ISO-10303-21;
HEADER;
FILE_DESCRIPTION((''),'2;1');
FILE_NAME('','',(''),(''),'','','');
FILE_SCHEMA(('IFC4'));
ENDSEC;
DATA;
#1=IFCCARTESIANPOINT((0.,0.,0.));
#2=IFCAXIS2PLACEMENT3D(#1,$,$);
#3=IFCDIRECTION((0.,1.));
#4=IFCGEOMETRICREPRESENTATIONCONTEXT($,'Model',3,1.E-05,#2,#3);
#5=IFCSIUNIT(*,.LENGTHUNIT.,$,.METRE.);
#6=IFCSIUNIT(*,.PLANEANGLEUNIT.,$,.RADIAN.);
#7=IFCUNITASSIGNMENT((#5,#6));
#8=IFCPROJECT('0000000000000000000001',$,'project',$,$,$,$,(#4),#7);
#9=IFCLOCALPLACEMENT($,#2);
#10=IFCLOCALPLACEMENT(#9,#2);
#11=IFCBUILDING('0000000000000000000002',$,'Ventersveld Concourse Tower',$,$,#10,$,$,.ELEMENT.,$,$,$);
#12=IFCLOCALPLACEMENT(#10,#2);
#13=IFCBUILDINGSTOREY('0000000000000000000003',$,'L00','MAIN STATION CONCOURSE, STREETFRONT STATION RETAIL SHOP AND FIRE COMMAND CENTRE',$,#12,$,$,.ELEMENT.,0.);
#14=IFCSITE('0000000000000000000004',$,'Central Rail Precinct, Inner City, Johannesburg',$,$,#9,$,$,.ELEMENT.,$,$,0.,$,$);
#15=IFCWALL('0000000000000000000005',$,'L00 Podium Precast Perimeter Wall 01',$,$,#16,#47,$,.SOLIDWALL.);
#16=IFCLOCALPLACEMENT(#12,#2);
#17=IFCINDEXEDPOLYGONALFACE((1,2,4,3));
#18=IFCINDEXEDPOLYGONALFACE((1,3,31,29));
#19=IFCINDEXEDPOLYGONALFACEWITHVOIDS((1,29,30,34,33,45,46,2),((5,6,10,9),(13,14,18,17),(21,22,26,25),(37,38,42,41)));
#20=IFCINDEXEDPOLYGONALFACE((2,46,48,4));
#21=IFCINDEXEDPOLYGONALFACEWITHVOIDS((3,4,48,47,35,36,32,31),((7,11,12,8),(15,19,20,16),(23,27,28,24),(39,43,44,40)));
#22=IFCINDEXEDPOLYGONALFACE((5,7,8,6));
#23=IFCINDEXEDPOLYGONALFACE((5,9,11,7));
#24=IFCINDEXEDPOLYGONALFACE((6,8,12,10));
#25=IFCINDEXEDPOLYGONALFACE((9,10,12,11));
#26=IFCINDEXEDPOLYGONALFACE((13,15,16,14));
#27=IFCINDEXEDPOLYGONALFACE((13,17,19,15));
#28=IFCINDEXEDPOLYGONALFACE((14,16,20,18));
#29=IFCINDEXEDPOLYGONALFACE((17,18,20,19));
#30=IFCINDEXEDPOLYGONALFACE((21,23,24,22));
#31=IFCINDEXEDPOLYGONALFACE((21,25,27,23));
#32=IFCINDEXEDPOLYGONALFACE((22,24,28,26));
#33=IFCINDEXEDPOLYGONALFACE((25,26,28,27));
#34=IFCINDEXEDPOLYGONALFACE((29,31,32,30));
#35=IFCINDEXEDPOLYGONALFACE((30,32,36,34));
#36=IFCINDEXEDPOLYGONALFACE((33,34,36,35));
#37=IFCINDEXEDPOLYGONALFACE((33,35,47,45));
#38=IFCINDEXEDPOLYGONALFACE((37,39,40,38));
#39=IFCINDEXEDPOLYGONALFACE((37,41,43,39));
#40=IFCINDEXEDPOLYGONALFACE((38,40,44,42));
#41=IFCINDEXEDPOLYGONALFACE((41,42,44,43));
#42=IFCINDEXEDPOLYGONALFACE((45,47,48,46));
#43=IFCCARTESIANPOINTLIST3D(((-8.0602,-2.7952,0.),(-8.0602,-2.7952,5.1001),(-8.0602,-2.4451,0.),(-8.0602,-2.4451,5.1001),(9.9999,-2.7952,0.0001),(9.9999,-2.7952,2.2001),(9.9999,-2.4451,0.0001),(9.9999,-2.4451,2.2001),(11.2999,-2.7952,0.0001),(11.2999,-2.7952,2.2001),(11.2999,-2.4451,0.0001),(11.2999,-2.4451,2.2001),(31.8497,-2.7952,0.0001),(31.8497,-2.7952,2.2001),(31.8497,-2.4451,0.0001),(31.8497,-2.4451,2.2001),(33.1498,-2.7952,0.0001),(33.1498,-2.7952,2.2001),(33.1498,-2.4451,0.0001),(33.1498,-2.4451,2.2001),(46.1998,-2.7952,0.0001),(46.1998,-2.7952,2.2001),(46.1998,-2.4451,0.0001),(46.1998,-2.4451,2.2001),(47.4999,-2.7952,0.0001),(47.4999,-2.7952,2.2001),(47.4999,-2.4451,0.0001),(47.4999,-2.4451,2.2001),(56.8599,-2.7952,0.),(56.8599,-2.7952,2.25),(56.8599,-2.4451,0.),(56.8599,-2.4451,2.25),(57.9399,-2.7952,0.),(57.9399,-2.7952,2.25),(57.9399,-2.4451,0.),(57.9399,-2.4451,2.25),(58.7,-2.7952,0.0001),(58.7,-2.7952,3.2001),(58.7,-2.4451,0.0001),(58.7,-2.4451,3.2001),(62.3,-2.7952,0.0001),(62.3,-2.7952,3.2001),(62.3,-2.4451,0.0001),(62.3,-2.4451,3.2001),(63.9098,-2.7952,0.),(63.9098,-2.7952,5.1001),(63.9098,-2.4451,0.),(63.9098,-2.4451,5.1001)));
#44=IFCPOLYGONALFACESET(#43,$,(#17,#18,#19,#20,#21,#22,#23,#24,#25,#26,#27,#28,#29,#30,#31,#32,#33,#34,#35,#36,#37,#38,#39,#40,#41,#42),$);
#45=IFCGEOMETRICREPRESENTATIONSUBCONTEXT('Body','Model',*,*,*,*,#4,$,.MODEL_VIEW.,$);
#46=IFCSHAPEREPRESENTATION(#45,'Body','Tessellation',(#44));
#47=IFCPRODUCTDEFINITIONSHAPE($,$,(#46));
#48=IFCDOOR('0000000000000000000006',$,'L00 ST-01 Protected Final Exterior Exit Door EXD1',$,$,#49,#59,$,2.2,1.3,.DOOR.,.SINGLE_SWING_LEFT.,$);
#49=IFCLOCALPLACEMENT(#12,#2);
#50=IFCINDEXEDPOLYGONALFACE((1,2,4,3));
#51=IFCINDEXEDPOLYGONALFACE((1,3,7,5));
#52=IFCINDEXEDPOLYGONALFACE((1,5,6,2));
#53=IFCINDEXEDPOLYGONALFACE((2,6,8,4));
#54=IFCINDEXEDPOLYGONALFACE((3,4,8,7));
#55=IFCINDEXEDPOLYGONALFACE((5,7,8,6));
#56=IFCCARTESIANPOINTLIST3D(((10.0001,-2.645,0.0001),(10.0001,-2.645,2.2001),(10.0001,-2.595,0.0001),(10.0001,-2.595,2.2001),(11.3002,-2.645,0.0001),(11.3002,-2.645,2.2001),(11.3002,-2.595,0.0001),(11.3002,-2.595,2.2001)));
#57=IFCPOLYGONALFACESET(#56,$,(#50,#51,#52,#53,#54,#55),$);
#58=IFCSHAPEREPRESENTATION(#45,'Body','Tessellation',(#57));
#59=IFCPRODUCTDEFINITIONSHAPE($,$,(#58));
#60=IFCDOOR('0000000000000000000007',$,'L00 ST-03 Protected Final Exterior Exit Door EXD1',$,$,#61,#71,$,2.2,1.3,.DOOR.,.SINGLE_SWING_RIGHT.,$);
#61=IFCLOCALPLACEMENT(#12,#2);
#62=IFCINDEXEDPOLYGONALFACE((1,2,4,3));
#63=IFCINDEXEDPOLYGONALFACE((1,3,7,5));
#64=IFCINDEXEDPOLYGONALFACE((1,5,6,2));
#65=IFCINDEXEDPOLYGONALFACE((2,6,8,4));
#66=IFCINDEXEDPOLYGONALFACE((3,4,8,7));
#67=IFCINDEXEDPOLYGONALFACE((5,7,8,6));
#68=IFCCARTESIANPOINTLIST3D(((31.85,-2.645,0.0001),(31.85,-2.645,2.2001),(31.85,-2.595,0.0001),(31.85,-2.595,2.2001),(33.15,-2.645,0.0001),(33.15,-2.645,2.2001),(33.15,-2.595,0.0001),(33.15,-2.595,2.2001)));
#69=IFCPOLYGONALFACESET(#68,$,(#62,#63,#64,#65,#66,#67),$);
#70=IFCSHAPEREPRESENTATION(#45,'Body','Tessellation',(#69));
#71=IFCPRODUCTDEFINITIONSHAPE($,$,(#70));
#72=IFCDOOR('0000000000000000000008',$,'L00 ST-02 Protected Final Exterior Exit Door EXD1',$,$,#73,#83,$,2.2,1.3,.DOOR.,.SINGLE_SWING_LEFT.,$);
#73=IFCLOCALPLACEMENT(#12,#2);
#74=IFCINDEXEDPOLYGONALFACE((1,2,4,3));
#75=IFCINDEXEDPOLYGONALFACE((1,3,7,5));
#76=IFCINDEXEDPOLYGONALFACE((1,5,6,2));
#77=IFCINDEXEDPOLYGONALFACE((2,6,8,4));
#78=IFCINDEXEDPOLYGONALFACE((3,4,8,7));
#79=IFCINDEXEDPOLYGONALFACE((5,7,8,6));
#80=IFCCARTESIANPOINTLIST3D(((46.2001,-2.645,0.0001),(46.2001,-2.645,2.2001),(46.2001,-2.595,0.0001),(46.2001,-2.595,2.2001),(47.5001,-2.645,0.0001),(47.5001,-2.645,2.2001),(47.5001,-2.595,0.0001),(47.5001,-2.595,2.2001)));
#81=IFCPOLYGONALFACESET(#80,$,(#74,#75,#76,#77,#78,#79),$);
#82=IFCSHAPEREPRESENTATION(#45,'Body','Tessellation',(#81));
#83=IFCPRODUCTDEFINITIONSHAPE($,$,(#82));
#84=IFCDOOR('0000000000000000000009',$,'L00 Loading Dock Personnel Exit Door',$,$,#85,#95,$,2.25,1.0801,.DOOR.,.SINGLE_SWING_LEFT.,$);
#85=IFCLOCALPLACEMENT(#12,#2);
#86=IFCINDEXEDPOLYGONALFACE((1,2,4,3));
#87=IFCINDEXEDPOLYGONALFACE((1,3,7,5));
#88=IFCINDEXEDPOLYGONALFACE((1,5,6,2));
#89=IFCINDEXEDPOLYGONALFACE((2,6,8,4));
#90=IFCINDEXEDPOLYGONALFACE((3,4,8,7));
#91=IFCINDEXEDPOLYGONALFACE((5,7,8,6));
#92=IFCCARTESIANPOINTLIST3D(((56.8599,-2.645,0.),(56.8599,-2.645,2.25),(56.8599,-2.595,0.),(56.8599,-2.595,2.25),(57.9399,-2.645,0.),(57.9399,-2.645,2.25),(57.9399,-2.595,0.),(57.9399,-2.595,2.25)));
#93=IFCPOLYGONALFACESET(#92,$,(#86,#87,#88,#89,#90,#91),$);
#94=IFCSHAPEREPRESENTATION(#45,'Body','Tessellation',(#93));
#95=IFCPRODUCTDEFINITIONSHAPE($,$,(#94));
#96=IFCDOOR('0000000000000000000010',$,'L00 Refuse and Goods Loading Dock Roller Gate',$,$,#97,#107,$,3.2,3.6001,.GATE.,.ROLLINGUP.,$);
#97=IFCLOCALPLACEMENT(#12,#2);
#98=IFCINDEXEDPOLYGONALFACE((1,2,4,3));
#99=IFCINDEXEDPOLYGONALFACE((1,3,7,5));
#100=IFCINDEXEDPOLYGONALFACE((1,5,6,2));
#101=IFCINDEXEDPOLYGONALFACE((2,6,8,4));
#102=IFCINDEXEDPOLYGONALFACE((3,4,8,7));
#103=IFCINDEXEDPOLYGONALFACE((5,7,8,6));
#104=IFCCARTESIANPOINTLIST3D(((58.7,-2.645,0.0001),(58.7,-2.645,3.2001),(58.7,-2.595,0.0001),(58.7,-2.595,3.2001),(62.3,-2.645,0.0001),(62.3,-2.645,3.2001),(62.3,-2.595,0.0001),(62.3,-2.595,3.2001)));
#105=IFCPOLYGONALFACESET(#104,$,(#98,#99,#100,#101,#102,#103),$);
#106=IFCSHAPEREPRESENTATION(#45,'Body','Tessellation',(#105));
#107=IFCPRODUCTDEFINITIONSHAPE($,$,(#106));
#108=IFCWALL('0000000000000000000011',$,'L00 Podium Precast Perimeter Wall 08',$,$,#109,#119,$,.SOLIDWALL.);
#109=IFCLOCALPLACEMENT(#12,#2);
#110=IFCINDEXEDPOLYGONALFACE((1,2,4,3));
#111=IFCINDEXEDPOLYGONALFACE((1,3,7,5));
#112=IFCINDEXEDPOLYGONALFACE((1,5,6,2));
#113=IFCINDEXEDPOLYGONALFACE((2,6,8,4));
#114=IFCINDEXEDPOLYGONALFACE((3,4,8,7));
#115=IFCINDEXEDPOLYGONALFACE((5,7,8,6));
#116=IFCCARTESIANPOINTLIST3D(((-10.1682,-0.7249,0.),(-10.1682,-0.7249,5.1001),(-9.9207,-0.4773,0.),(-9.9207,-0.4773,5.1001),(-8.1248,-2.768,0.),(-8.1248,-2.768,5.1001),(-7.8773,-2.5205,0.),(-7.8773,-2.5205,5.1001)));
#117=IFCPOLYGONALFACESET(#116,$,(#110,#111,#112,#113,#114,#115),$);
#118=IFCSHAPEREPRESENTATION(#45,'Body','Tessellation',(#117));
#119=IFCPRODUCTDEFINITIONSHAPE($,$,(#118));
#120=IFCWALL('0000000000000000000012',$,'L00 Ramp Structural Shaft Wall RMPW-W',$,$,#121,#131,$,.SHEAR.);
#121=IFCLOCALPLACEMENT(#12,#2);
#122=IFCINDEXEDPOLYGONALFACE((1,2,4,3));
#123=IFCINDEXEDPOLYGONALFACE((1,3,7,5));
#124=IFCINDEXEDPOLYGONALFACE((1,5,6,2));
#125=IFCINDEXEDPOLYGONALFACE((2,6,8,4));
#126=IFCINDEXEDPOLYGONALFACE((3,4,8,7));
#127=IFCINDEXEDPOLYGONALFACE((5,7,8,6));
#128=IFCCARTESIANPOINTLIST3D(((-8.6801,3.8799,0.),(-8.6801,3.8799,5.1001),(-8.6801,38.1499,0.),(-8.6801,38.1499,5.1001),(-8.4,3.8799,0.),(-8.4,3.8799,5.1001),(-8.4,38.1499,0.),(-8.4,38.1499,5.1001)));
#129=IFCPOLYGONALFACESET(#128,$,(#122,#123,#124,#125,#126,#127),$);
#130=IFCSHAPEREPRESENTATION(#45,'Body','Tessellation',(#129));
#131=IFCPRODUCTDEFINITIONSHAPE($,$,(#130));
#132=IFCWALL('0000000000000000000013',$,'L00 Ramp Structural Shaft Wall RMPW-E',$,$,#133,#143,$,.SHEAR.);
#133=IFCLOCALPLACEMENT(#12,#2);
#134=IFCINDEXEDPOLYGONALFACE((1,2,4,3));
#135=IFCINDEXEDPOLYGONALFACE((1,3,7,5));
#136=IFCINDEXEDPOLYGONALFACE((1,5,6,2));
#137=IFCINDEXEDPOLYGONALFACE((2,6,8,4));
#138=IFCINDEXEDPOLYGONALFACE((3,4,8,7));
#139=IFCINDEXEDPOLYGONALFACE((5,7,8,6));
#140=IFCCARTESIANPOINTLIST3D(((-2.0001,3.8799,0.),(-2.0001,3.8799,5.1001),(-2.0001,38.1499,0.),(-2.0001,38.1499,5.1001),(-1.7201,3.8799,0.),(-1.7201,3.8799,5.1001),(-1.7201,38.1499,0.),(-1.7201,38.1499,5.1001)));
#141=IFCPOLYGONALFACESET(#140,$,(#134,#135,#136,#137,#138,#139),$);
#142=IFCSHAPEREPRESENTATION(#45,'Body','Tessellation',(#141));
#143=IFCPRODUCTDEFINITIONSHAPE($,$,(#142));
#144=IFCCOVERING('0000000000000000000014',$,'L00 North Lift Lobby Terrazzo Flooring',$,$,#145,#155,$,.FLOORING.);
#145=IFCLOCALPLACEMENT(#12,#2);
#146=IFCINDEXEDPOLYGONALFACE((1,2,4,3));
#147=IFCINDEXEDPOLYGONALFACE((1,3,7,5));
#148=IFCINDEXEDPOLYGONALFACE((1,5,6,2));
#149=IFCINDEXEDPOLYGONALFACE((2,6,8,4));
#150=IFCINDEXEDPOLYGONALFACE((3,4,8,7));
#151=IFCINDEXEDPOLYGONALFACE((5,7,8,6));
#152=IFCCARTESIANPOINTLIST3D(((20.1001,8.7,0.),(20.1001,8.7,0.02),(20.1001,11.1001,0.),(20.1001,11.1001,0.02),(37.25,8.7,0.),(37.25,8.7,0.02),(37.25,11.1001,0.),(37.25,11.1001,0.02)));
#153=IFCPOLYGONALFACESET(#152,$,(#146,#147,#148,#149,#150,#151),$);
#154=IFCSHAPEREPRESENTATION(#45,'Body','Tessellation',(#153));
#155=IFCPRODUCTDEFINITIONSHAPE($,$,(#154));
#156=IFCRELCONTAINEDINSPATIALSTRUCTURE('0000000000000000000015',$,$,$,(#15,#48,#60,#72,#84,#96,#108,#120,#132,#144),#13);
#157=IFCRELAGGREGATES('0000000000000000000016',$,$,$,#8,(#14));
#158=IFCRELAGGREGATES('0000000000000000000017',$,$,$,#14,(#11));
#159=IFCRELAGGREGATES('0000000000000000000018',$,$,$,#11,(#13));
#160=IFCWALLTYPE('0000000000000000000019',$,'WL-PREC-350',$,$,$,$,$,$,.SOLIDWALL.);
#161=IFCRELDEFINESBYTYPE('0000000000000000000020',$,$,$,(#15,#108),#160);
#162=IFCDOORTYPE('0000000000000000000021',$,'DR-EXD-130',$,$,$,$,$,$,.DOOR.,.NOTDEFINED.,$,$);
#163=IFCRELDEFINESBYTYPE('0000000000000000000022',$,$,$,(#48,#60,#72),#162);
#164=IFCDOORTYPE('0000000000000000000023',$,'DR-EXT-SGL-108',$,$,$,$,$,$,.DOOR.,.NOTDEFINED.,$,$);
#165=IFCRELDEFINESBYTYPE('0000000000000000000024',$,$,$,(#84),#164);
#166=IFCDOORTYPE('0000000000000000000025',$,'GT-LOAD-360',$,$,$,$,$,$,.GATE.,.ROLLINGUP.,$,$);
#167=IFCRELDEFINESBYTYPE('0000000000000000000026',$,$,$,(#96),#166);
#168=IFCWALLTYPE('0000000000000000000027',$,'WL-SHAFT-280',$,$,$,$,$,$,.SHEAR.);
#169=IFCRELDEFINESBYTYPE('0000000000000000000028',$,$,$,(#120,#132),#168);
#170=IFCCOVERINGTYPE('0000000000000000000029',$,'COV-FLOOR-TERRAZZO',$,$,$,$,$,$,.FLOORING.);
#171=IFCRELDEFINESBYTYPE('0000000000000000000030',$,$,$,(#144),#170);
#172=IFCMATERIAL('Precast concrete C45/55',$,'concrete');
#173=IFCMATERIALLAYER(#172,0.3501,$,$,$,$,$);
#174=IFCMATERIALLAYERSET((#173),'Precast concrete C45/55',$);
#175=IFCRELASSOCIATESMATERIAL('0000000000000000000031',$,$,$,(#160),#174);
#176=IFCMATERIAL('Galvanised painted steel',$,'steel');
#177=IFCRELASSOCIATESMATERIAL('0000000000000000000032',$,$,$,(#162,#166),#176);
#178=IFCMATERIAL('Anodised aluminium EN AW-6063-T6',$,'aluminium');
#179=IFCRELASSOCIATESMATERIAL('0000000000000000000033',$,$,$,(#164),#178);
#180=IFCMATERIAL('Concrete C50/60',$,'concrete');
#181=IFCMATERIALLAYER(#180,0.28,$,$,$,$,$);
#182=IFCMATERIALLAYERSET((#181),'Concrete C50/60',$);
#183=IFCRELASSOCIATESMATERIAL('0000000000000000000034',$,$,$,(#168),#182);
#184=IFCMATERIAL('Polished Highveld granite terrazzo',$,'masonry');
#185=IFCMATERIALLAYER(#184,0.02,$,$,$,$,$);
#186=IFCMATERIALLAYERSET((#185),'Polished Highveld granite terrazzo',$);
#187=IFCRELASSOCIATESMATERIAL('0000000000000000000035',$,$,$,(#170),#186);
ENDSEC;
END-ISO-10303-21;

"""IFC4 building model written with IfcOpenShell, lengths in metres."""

from ifc_helpers import new_model, si_unit, direction, frame, frame_2d, origin, place, context, subcontext, project, spatial, polyline, rectangle, outline, extrude, material, layer, layer_set, type_object, element, fill, save


model = new_model("IFC4")

# Units and contexts
model_context = context("Model", 3, precision=1e-05, world=origin(), true_north=direction((0.0, 1.0)))
body_context = subcontext(model_context, "Body", "Model", "MODEL_VIEW")
ifc_project = project(units=[si_unit("LENGTHUNIT", "METRE"), si_unit("PLANEANGLEUNIT", "RADIAN")], contexts=[model_context])

# Site, building, storey
site_placement = place(None, origin())
site = spatial("IfcSite", under=ifc_project, at=site_placement, Name="Central Rail Precinct, Inner City, Johannesburg", CompositionType="ELEMENT", RefElevation=0.0)
building_placement = place(site_placement, origin())
building = spatial("IfcBuilding", under=site, at=building_placement, Name="Ventersveld Concourse Tower", CompositionType="ELEMENT")
storey_placement = place(building_placement, origin())
storey = spatial("IfcBuildingStorey", under=building, at=storey_placement, Name="L00", Description="MAIN STATION CONCOURSE, STREETFRONT STATION RETAIL SHOP AND FIRE COMMAND CENTRE", CompositionType="ELEMENT", Elevation=0.0)

# Shared definitions
ifc_material_1 = material(Name="Concrete C50/60", Category="concrete")

# Shared definitions
ifc_material_2 = material(Name="Precast concrete C45/55", Category="concrete")
ifc_material_3 = material(Name="Galvanised painted steel", Category="steel")

# Wall, openings, doors
ifc_layer_1 = layer(ifc_material_2, 0.3501)
ifc_layer_set_1 = layer_set([ifc_layer_1], Name="Precast concrete C45/55")
wall_type_1 = type_object("IfcWallType", Name="WL-PREC-350", PredefinedType="SOLIDWALL", material=ifc_layer_set_1)
wall_1_placement = place(storey_placement, frame((-8.0601, -2.6201, 0.0), z_axis=(0.0, 0.0, 1.0), x_axis=(1.0, 0.0, 0.0)))
wall_1 = element("IfcWall", 1, at=wall_1_placement, inside=storey, type_object=wall_type_1, Name="L00 Podium Precast Perimeter Wall 01", PredefinedType="SOLIDWALL", context=body_context, shape_type="SweptSolid", body=[
    extrude(rectangle(XDim=71.97, YDim=0.3501, at=frame_2d((35.9849, 0.0))), origin(), (0.0, 0.0, 1.0), 5.1001),
])
opening_1_placement = place(wall_1_placement, frame((18.0601, 0.0, 0.0)))
opening_1 = element("IfcOpeningElement", 2, at=opening_1_placement, cuts=wall_1, PredefinedType="OPENING", context=body_context, shape_type="SweptSolid", body=[
    extrude(rectangle(XDim=1.3, YDim=2.2, at=frame_2d((0.6499, 1.1001))), frame((0.0, 0.1851, 0.0), z_axis=(0.0, -1.0, 0.0), x_axis=(1.0, 0.0, 0.0)), (0.0, 0.0, 1.0), 0.3701),
])
opening_2_placement = place(wall_1_placement, frame((39.9099, 0.0, 0.0)))
opening_2 = element("IfcOpeningElement", 3, at=opening_2_placement, cuts=wall_1, PredefinedType="OPENING", context=body_context, shape_type="SweptSolid", body=[
    extrude(rectangle(XDim=1.3, YDim=2.2, at=frame_2d((0.6499, 1.1001))), frame((0.0, 0.1851, 0.0), z_axis=(0.0, -1.0, 0.0), x_axis=(1.0, 0.0, 0.0)), (0.0, 0.0, 1.0), 0.3701),
])
opening_3_placement = place(wall_1_placement, frame((54.26, 0.0, 0.0)))
opening_3 = element("IfcOpeningElement", 4, at=opening_3_placement, cuts=wall_1, PredefinedType="OPENING", context=body_context, shape_type="SweptSolid", body=[
    extrude(rectangle(XDim=1.3, YDim=2.2, at=frame_2d((0.6499, 1.1001))), frame((0.0, 0.1851, 0.0), z_axis=(0.0, -1.0, 0.0), x_axis=(1.0, 0.0, 0.0)), (0.0, 0.0, 1.0), 0.3701),
])
opening_4_placement = place(wall_1_placement, frame((66.76, 0.0, 0.0)))
opening_4 = element("IfcOpeningElement", 5, at=opening_4_placement, cuts=wall_1, PredefinedType="OPENING", context=body_context, shape_type="SweptSolid", body=[
    extrude(rectangle(XDim=3.6001, YDim=3.2, at=frame_2d((1.8, 1.6001))), frame((0.0, 0.1851, 0.0), z_axis=(0.0, -1.0, 0.0), x_axis=(1.0, 0.0, 0.0)), (0.0, 0.0, 1.0), 0.3701),
])
opening_5_placement = place(wall_1_placement, frame((64.9199, 0.0, 0.0)))
opening_5 = element("IfcOpeningElement", 6, at=opening_5_placement, cuts=wall_1, PredefinedType="OPENING", context=body_context, shape_type="SweptSolid", body=[
    extrude(rectangle(XDim=1.0801, YDim=2.25, at=frame_2d((0.54, 1.125))), frame((0.0, 0.1851, 0.0), z_axis=(0.0, -1.0, 0.0), x_axis=(1.0, 0.0, 0.0)), (0.0, 0.0, 1.0), 0.3701),
])
door_type_1 = type_object("IfcDoorType", Name="DR-EXD-130", OperationType="NOTDEFINED", PredefinedType="DOOR", material=ifc_material_3)
door_1_placement = place(opening_1_placement, frame((1.3, 0.0, 0.0), z_axis=(0.0, 0.0, 1.0), x_axis=(-1.0, 0.0, 0.0)))
door_1 = element("IfcDoor", 7, at=door_1_placement, inside=storey, type_object=door_type_1, Name="L00 ST-01 Protected Final Exterior Exit Door EXD1", OperationType="SINGLE_SWING_LEFT", OverallHeight=2.2, OverallWidth=1.3, PredefinedType="DOOR", context=body_context, shape_type="SweptSolid", body=[
    extrude(rectangle(XDim=1.3, YDim=2.2, at=frame_2d((0.6499, 1.1001))), frame((0.0, 0.0249, 0.0), z_axis=(0.0, -1.0, 0.0), x_axis=(1.0, 0.0, 0.0)), (0.0, 0.0, 1.0), 0.05),
])
fill(opening_1, door_1)
door_2_placement = place(opening_2_placement, frame((1.3, 0.0, 0.0), z_axis=(0.0, 0.0, 1.0), x_axis=(-1.0, 0.0, 0.0)))
door_2 = element("IfcDoor", 8, at=door_2_placement, inside=storey, type_object=door_type_1, Name="L00 ST-03 Protected Final Exterior Exit Door EXD1", OperationType="SINGLE_SWING_RIGHT", OverallHeight=2.2, OverallWidth=1.3, PredefinedType="DOOR", context=body_context, shape_type="SweptSolid", body=[
    extrude(rectangle(XDim=1.3, YDim=2.2, at=frame_2d((0.6499, 1.1001))), frame((0.0, 0.0249, 0.0), z_axis=(0.0, -1.0, 0.0), x_axis=(1.0, 0.0, 0.0)), (0.0, 0.0, 1.0), 0.05),
])
fill(opening_2, door_2)
door_3_placement = place(opening_3_placement, frame((1.3, 0.0, 0.0), z_axis=(0.0, 0.0, 1.0), x_axis=(-1.0, 0.0, 0.0)))
door_3 = element("IfcDoor", 9, at=door_3_placement, inside=storey, type_object=door_type_1, Name="L00 ST-02 Protected Final Exterior Exit Door EXD1", OperationType="SINGLE_SWING_LEFT", OverallHeight=2.2, OverallWidth=1.3, PredefinedType="DOOR", context=body_context, shape_type="SweptSolid", body=[
    extrude(rectangle(XDim=1.3, YDim=2.2, at=frame_2d((0.6499, 1.1001))), frame((0.0, 0.0249, 0.0), z_axis=(0.0, -1.0, 0.0), x_axis=(1.0, 0.0, 0.0)), (0.0, 0.0, 1.0), 0.05),
])
fill(opening_3, door_3)
ifc_material_4 = material(Name="Anodised aluminium EN AW-6063-T6", Category="aluminium")
door_type_2 = type_object("IfcDoorType", Name="DR-EXT-SGL-108", OperationType="NOTDEFINED", PredefinedType="DOOR", material=ifc_material_4)
door_4_placement = place(opening_5_placement, frame((1.0801, 0.0, 0.0), z_axis=(0.0, 0.0, 1.0), x_axis=(-1.0, 0.0, 0.0)))
door_4 = element("IfcDoor", 10, at=door_4_placement, inside=storey, type_object=door_type_2, Name="L00 Loading Dock Personnel Exit Door", OperationType="SINGLE_SWING_LEFT", OverallHeight=2.25, OverallWidth=1.0801, PredefinedType="DOOR", context=body_context, shape_type="SweptSolid", body=[
    extrude(rectangle(XDim=1.0801, YDim=2.25, at=frame_2d((0.54, 1.125))), frame((0.0, 0.0249, 0.0), z_axis=(0.0, -1.0, 0.0), x_axis=(1.0, 0.0, 0.0)), (0.0, 0.0, 1.0), 0.05),
])
fill(opening_5, door_4)
door_type_3 = type_object("IfcDoorType", Name="GT-LOAD-360", OperationType="ROLLINGUP", PredefinedType="GATE", material=ifc_material_3)
door_5_placement = place(opening_4_placement, frame((3.6001, 0.0, 0.0), z_axis=(0.0, 0.0, 1.0), x_axis=(-1.0, 0.0, 0.0)))
door_5 = element("IfcDoor", 11, at=door_5_placement, inside=storey, type_object=door_type_3, Name="L00 Refuse and Goods Loading Dock Roller Gate", OperationType="ROLLINGUP", OverallHeight=3.2, OverallWidth=3.6001, PredefinedType="GATE", context=body_context, shape_type="SweptSolid", body=[
    extrude(rectangle(XDim=3.6001, YDim=3.2, at=frame_2d((1.8, 1.6001))), frame((0.0, 0.0249, 0.0), z_axis=(0.0, -1.0, 0.0), x_axis=(1.0, 0.0, 0.0)), (0.0, 0.0, 1.0), 0.05),
])
fill(opening_4, door_5)

# Walls
wall_2_placement = place(storey_placement, frame((-10.0444, -0.6011, 0.0), z_axis=(0.0, 0.0, 1.0), x_axis=(0.707149, -0.707065, 0.0)))
element("IfcWall", 12, at=wall_2_placement, inside=storey, type_object=wall_type_1, Name="L00 Podium Precast Perimeter Wall 08", PredefinedType="SOLIDWALL", context=body_context, shape_type="SweptSolid", body=[
    extrude(rectangle(XDim=2.8896, YDim=0.3501, at=frame_2d((1.4448, 0.0))), origin(), (0.0, 0.0, 1.0), 5.1001),
])
ifc_layer_2 = layer(ifc_material_1, 0.28)
ifc_layer_set_2 = layer_set([ifc_layer_2], Name="Concrete C50/60")
wall_type_2 = type_object("IfcWallType", Name="WL-SHAFT-280", PredefinedType="SHEAR", material=ifc_layer_set_2)
for number, where, z_axis, x_axis, name in (
    (13, (-8.54, 3.8799, 0.0), (0.0, 0.0, 1.0), (0.0, 1.0, 0.0), "L00 Ramp Structural Shaft Wall RMPW-W"),
    (14, (-1.8601, 3.8799, 0.0), (0.0, 0.0, 1.0), (0.0, 1.0, 0.0), "L00 Ramp Structural Shaft Wall RMPW-E"),
):
    element("IfcWall", number, at=place(storey_placement, frame(where, z_axis=z_axis, x_axis=x_axis)), inside=storey, type_object=wall_type_2, Name=name, PredefinedType="SHEAR", context=body_context, shape_type="SweptSolid", body=[
        extrude(rectangle(XDim=34.27, YDim=0.28, at=frame_2d((17.135, 0.0))), origin(), (0.0, 0.0, 1.0), 5.1001),
    ])

# Covering
ifc_material_5 = material(Name="Polished Highveld granite terrazzo", Category="masonry")
ifc_layer_3 = layer(ifc_material_5, 0.02)
ifc_layer_set_3 = layer_set([ifc_layer_3], Name="Polished Highveld granite terrazzo")
covering_type = type_object("IfcCoveringType", Name="COV-FLOOR-TERRAZZO", PredefinedType="FLOORING", material=ifc_layer_set_3)
covering_placement = place(storey_placement, origin())
element("IfcCovering", 15, at=covering_placement, inside=storey, type_object=covering_type, Name="L00 North Lift Lobby Terrazzo Flooring", PredefinedType="FLOORING", context=body_context, shape_type="SweptSolid", body=[
    extrude(outline(polyline([(20.1001, 8.7), (37.25, 8.7), (37.25, 11.1001), (20.1001, 11.1001), (20.1001, 8.7)])), origin(), (0.0, 0.0, 1.0), 0.02),
])

save(model, "model.ifc")
